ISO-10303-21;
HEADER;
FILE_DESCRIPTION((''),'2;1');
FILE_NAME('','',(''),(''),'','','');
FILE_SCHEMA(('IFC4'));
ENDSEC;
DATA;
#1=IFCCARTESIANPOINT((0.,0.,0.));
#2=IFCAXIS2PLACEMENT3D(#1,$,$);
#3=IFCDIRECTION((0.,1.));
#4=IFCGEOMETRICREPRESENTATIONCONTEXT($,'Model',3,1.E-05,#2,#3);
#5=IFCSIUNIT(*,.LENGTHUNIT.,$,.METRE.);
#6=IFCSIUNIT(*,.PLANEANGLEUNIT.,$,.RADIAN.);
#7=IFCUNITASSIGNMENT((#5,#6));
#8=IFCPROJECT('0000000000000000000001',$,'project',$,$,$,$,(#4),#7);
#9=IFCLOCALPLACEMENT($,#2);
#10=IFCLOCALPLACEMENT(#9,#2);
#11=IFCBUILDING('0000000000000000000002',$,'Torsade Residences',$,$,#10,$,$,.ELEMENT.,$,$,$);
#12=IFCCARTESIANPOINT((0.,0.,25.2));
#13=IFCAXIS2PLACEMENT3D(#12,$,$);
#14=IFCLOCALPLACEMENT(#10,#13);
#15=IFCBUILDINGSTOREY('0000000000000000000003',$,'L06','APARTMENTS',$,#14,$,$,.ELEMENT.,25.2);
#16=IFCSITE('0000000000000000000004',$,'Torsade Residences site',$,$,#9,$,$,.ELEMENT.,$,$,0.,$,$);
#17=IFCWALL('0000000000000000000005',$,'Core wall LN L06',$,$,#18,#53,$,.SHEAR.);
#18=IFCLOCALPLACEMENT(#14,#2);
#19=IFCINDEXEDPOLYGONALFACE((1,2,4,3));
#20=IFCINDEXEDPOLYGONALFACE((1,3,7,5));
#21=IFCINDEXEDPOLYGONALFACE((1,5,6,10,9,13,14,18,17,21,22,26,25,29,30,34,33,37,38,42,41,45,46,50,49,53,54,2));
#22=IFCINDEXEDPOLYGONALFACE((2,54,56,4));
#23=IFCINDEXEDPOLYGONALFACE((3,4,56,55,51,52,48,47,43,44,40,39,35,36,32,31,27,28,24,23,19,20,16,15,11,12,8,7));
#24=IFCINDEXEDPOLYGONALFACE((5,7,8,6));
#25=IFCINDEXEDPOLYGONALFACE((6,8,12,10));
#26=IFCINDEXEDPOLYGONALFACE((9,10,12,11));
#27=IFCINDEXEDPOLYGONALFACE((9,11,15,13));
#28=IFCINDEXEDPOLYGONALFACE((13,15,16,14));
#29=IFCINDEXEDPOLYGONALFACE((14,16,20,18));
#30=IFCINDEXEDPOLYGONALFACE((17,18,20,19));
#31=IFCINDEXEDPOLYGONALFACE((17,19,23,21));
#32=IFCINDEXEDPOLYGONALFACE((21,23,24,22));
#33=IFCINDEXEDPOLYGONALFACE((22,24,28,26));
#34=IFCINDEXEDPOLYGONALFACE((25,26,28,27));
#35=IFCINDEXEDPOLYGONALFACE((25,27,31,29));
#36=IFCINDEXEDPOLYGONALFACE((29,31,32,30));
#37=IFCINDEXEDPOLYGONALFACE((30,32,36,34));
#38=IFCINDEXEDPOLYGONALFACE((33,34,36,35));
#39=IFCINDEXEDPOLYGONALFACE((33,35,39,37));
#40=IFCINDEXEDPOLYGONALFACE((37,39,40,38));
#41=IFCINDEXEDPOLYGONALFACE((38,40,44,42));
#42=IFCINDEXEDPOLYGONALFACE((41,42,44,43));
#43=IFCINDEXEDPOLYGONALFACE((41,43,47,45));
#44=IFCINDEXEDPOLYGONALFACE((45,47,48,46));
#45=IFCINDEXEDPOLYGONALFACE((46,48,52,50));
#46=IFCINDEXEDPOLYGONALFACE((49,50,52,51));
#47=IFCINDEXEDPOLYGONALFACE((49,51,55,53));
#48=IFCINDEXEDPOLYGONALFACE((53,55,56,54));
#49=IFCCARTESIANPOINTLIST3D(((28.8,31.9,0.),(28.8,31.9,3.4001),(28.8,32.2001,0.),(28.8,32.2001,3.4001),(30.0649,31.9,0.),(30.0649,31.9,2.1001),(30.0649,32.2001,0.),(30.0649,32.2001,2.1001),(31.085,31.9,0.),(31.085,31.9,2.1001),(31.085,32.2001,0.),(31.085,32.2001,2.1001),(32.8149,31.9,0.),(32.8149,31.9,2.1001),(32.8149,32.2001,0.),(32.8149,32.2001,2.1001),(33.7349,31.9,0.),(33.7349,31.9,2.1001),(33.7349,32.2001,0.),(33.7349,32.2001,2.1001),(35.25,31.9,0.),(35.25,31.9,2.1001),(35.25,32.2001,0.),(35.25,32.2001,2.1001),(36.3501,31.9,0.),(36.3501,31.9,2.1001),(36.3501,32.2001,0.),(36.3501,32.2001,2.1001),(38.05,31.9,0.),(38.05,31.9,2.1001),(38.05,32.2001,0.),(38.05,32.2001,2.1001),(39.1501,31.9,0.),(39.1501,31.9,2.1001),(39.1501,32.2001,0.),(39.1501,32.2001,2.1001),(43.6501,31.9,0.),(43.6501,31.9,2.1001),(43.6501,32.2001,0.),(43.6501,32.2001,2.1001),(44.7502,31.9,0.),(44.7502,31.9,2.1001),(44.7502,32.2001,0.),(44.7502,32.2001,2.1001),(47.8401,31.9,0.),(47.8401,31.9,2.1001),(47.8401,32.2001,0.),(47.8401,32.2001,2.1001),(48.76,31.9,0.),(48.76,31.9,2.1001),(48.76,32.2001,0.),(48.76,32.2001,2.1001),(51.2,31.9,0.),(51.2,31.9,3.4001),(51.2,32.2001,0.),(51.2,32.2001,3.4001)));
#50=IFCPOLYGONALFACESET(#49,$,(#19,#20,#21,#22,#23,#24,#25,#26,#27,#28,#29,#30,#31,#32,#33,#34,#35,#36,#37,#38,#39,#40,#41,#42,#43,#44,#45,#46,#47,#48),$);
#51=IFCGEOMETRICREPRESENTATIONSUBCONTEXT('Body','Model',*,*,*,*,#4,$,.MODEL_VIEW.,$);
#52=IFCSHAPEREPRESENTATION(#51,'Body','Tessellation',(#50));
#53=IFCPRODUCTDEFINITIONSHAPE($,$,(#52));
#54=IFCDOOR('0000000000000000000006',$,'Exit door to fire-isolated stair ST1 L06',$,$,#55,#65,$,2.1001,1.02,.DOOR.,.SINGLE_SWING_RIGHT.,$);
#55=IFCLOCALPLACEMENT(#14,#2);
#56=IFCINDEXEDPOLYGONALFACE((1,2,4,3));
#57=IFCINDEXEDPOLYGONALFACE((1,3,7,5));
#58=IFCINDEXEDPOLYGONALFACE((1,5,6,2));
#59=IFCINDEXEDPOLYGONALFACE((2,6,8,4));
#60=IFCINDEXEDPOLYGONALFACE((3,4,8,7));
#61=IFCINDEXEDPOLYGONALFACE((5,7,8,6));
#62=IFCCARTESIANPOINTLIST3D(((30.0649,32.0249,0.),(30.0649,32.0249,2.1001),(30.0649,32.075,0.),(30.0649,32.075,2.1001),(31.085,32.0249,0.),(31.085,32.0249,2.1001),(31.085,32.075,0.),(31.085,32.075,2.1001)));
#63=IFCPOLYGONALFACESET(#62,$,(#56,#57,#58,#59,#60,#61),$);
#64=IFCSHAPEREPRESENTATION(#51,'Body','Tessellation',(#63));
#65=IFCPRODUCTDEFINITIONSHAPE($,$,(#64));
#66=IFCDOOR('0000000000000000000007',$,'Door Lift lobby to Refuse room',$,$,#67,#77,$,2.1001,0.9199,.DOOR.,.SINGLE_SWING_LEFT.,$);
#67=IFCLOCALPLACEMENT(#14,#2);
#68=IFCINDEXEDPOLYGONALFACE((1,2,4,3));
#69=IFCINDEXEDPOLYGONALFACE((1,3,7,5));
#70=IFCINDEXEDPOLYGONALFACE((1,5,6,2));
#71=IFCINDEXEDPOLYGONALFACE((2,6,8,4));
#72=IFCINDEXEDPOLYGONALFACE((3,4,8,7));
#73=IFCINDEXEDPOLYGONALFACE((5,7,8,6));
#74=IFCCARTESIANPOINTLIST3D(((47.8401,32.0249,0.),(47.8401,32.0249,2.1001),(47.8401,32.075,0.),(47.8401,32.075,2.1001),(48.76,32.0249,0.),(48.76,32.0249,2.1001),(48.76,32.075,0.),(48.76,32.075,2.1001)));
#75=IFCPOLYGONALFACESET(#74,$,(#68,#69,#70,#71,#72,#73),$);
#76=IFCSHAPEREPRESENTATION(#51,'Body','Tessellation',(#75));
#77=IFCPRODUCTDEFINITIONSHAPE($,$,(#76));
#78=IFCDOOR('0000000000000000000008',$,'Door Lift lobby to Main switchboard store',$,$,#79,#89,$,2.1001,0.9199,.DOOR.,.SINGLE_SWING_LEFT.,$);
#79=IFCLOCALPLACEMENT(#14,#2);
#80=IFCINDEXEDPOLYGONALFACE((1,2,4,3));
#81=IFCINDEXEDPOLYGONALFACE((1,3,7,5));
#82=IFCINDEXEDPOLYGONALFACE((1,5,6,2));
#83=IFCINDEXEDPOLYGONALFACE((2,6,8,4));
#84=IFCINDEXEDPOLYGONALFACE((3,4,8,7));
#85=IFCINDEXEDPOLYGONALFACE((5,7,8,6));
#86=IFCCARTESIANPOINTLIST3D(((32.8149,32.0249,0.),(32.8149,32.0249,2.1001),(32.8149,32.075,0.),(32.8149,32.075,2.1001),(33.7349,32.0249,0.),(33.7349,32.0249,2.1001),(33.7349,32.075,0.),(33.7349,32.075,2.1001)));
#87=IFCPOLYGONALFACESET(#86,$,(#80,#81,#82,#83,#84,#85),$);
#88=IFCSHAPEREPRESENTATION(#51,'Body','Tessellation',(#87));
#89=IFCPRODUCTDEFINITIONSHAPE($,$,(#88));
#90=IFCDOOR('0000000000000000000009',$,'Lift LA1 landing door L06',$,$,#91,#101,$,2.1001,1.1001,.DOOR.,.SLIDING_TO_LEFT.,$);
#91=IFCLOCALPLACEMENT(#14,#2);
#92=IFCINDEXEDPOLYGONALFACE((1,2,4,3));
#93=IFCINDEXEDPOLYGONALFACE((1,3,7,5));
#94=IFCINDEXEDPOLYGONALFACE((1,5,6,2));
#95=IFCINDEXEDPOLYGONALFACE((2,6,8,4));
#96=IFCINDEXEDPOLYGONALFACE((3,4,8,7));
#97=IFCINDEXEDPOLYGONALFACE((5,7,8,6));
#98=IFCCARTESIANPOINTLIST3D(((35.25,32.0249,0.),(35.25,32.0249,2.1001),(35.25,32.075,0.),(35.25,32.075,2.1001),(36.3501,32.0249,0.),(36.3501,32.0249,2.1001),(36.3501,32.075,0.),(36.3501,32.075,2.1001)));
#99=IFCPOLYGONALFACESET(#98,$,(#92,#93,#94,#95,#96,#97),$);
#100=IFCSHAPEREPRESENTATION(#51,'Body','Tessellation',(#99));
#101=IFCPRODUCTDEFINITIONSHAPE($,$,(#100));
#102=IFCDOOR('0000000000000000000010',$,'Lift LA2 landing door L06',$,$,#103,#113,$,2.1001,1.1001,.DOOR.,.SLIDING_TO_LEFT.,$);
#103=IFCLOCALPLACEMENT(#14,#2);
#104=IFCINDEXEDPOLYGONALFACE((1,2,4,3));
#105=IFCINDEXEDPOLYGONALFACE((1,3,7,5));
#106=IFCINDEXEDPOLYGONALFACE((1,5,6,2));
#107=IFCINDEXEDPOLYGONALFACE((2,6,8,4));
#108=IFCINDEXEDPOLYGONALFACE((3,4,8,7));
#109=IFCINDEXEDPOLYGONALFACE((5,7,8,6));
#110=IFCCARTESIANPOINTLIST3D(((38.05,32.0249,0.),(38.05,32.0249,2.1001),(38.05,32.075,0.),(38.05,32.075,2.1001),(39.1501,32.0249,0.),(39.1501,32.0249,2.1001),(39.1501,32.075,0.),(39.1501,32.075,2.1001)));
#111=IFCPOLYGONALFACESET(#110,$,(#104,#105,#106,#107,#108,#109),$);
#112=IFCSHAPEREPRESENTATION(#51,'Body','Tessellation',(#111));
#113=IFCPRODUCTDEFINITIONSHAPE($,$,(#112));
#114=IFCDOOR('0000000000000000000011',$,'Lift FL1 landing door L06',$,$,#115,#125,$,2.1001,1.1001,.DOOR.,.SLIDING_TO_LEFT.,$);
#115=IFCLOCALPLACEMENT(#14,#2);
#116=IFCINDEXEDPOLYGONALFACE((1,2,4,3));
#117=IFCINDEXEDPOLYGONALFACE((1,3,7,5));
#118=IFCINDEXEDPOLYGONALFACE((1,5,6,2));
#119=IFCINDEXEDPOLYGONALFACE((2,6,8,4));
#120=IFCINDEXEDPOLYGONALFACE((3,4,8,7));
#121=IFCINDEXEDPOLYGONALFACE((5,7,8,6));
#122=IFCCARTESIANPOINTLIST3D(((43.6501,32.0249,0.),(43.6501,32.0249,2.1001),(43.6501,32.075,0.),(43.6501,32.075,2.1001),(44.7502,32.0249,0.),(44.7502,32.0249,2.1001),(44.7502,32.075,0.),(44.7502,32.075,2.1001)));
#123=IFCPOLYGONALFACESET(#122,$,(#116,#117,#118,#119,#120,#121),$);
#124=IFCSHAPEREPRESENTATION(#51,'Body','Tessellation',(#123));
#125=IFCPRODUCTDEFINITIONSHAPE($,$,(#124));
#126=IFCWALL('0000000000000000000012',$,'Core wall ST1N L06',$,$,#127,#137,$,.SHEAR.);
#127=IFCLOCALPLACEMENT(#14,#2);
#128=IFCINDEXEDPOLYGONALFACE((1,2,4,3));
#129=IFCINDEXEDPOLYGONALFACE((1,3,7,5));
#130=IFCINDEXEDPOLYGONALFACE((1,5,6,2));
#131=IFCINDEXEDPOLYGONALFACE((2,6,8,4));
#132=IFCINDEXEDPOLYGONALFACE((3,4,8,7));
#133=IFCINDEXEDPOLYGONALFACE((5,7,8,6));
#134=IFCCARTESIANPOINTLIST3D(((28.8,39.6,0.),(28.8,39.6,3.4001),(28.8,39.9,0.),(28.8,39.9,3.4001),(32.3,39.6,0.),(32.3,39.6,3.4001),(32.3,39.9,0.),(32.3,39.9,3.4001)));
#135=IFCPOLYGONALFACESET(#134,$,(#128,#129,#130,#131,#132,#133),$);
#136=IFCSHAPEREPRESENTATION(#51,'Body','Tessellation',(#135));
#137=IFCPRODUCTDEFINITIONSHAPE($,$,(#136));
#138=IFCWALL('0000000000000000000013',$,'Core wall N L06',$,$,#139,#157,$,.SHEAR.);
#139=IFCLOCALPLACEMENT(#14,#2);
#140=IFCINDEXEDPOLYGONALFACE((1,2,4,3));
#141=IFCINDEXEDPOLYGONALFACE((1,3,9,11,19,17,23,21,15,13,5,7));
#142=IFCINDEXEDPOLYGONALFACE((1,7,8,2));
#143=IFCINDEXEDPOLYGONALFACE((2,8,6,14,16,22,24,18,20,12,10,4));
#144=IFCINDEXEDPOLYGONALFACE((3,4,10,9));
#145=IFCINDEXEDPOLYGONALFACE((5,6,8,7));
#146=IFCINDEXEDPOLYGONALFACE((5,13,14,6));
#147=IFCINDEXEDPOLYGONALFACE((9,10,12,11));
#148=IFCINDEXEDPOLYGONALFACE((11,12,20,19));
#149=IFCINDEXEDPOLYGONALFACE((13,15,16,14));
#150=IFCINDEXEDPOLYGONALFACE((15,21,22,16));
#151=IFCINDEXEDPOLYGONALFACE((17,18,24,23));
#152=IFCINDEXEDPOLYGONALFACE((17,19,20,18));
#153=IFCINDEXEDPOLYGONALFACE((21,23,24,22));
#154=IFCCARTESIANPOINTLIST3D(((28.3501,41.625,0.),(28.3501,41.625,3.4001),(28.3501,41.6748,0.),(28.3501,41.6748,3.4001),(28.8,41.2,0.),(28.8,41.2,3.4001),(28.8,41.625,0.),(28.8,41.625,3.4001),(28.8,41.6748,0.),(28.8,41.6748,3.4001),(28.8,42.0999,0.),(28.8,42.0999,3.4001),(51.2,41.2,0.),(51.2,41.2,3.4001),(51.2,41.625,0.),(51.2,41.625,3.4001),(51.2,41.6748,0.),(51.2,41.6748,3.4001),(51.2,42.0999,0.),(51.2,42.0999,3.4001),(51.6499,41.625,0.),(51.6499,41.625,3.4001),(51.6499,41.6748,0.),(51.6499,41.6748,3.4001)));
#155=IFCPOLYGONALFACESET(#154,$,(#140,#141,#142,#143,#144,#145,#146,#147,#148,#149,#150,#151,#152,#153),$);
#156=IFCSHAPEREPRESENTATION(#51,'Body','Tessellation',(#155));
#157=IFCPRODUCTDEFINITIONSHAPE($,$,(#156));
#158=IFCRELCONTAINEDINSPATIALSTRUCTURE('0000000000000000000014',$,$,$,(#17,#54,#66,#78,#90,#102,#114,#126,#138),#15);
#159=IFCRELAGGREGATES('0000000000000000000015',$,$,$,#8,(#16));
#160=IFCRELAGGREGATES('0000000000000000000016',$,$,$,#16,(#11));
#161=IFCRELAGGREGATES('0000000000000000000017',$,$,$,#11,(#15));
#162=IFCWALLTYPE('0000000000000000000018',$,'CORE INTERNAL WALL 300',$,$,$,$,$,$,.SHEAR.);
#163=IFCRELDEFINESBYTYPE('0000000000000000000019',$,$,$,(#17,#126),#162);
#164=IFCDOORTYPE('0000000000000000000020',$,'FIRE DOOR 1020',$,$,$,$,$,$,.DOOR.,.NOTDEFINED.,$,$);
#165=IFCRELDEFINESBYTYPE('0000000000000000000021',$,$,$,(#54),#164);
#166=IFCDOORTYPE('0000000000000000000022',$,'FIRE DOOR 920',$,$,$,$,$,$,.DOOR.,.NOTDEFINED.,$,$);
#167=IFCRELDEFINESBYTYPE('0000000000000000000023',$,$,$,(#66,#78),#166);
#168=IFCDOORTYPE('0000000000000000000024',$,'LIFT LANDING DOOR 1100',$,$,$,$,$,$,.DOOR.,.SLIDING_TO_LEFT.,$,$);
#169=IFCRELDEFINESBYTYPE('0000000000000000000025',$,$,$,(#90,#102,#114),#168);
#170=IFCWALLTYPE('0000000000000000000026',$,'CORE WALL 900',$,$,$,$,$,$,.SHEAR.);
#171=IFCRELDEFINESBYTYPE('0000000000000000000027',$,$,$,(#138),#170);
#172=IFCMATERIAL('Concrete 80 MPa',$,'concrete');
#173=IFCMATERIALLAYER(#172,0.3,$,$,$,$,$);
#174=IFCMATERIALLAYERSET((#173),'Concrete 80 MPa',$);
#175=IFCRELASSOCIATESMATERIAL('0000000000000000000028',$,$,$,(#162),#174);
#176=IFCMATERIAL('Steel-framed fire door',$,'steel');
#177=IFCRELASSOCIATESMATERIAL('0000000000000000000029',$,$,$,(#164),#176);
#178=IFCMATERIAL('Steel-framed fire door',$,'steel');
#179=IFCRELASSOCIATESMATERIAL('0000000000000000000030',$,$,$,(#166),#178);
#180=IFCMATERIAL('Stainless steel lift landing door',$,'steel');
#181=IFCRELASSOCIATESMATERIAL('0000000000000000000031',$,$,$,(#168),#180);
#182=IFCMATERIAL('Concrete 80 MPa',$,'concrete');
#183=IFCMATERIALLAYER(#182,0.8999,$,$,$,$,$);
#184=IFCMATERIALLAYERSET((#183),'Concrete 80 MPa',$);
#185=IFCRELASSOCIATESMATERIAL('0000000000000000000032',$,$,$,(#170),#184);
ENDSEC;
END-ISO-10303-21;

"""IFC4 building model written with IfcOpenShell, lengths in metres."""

from ifc_helpers import new_model, si_unit, direction, frame, frame_2d, origin, place, context, subcontext, project, spatial, polyline, rectangle, outline, extrude, material, layer, layer_set, type_object, element, fill, save


model = new_model("IFC4")

# Units and contexts
model_context = context("Model", 3, precision=1e-05, world=origin(), true_north=direction((0.0, 1.0)))
body_context = subcontext(model_context, "Body", "Model", "MODEL_VIEW")
ifc_project = project(units=[si_unit("LENGTHUNIT", "METRE"), si_unit("PLANEANGLEUNIT", "RADIAN")], contexts=[model_context])

# Site, building, storey
site_placement = place(None, origin())
site = spatial("IfcSite", under=ifc_project, at=site_placement, Name="Torsade Residences site", CompositionType="ELEMENT", RefElevation=0.0)
building_placement = place(site_placement, origin())
building = spatial("IfcBuilding", under=site, at=building_placement, Name="Torsade Residences", CompositionType="ELEMENT")
storey_placement = place(building_placement, frame((0.0, 0.0, 25.2)))
storey = spatial("IfcBuildingStorey", under=building, at=storey_placement, Name="L06", Description="APARTMENTS", CompositionType="ELEMENT", Elevation=25.2)

# Wall, openings, doors
ifc_material_1 = material(Name="Concrete 80 MPa", Category="concrete")
ifc_layer_1 = layer(ifc_material_1, 0.3)
ifc_layer_set_1 = layer_set([ifc_layer_1], Name="Concrete 80 MPa")
wall_type_1 = type_object("IfcWallType", Name="CORE INTERNAL WALL 300", PredefinedType="SHEAR", material=ifc_layer_set_1)
wall_1_placement = place(storey_placement, frame((28.8, 32.05, 0.0), z_axis=(0.0, 0.0, 1.0), x_axis=(1.0, 0.0, 0.0)))
wall_1 = element("IfcWall", 1, at=wall_1_placement, inside=storey, type_object=wall_type_1, Name="Core wall LN L06", PredefinedType="SHEAR", context=body_context, shape_type="SweptSolid", body=[
    extrude(rectangle(XDim=22.3999, YDim=0.3, at=frame_2d((11.2, 0.0))), origin(), (0.0, 0.0, 1.0), 3.4001),
])
opening_1_placement = place(wall_1_placement, frame((19.04, 0.0, 0.0)))
opening_1 = element("IfcOpeningElement", 2, at=opening_1_placement, cuts=wall_1, PredefinedType="OPENING", context=body_context, shape_type="SweptSolid", body=[
    extrude(rectangle(XDim=0.9199, YDim=2.1001, at=frame_2d((0.46, 1.05))), frame((0.0, 0.1599, 0.0), z_axis=(0.0, -1.0, 0.0), x_axis=(1.0, 0.0, 0.0)), (0.0, 0.0, 1.0), 0.3201),
])
opening_2_placement = place(wall_1_placement, frame((1.2649, 0.0, 0.0)))
opening_2 = element("IfcOpeningElement", 3, at=opening_2_placement, cuts=wall_1, PredefinedType="OPENING", context=body_context, shape_type="SweptSolid", body=[
    extrude(rectangle(XDim=1.02, YDim=2.1001, at=frame_2d((0.51, 1.05))), frame((0.0, 0.1599, 0.0), z_axis=(0.0, -1.0, 0.0), x_axis=(1.0, 0.0, 0.0)), (0.0, 0.0, 1.0), 0.3201),
])
opening_3_placement = place(wall_1_placement, frame((4.0149, 0.0, 0.0)))
opening_3 = element("IfcOpeningElement", 4, at=opening_3_placement, cuts=wall_1, PredefinedType="OPENING", context=body_context, shape_type="SweptSolid", body=[
    extrude(rectangle(XDim=0.9199, YDim=2.1001, at=frame_2d((0.46, 1.05))), frame((0.0, 0.1599, 0.0), z_axis=(0.0, -1.0, 0.0), x_axis=(1.0, 0.0, 0.0)), (0.0, 0.0, 1.0), 0.3201),
])
opening_4_placement = place(wall_1_placement, frame((6.45, 0.0, 0.0)))
opening_4 = element("IfcOpeningElement", 5, at=opening_4_placement, cuts=wall_1, PredefinedType="OPENING", context=body_context, shape_type="SweptSolid", body=[
    extrude(rectangle(XDim=1.1001, YDim=2.1001, at=frame_2d((0.55, 1.05))), frame((0.0, 0.1599, 0.0), z_axis=(0.0, -1.0, 0.0), x_axis=(1.0, 0.0, 0.0)), (0.0, 0.0, 1.0), 0.3201),
])
opening_5_placement = place(wall_1_placement, frame((9.25, 0.0, 0.0)))
opening_5 = element("IfcOpeningElement", 6, at=opening_5_placement, cuts=wall_1, PredefinedType="OPENING", context=body_context, shape_type="SweptSolid", body=[
    extrude(rectangle(XDim=1.1001, YDim=2.1001, at=frame_2d((0.55, 1.05))), frame((0.0, 0.1599, 0.0), z_axis=(0.0, -1.0, 0.0), x_axis=(1.0, 0.0, 0.0)), (0.0, 0.0, 1.0), 0.3201),
])
opening_6_placement = place(wall_1_placement, frame((14.8501, 0.0, 0.0)))
opening_6 = element("IfcOpeningElement", 7, at=opening_6_placement, cuts=wall_1, PredefinedType="OPENING", context=body_context, shape_type="SweptSolid", body=[
    extrude(rectangle(XDim=1.1001, YDim=2.1001, at=frame_2d((0.55, 1.05))), frame((0.0, 0.1599, 0.0), z_axis=(0.0, -1.0, 0.0), x_axis=(1.0, 0.0, 0.0)), (0.0, 0.0, 1.0), 0.3201),
])
ifc_material_2 = material(Name="Steel-framed fire door", Category="steel")
door_type_1 = type_object("IfcDoorType", Name="FIRE DOOR 1020", OperationType="NOTDEFINED", PredefinedType="DOOR", material=ifc_material_2)
door_1_placement = place(opening_2_placement, origin())
door_1 = element("IfcDoor", 8, at=door_1_placement, inside=storey, type_object=door_type_1, Name="Exit door to fire-isolated stair ST1 L06", OperationType="SINGLE_SWING_RIGHT", OverallHeight=2.1001, OverallWidth=1.02, PredefinedType="DOOR", context=body_context, shape_type="SweptSolid", body=[
    extrude(rectangle(XDim=1.02, YDim=2.1001, at=frame_2d((0.51, 1.05))), frame((0.0, 0.0249, 0.0), z_axis=(0.0, -1.0, 0.0), x_axis=(1.0, 0.0, 0.0)), (0.0, 0.0, 1.0), 0.05),
])
fill(opening_2, door_1)
ifc_material_3 = material(Name="Steel-framed fire door", Category="steel")
door_type_2 = type_object("IfcDoorType", Name="FIRE DOOR 920", OperationType="NOTDEFINED", PredefinedType="DOOR", material=ifc_material_3)
door_2_placement = place(opening_1_placement, origin())
door_2 = element("IfcDoor", 9, at=door_2_placement, inside=storey, type_object=door_type_2, Name="Door Lift lobby to Refuse room", OperationType="SINGLE_SWING_LEFT", OverallHeight=2.1001, OverallWidth=0.9199, PredefinedType="DOOR", context=body_context, shape_type="SweptSolid", body=[
    extrude(rectangle(XDim=0.9199, YDim=2.1001, at=frame_2d((0.46, 1.05))), frame((0.0, 0.0249, 0.0), z_axis=(0.0, -1.0, 0.0), x_axis=(1.0, 0.0, 0.0)), (0.0, 0.0, 1.0), 0.05),
])
fill(opening_1, door_2)
door_3_placement = place(opening_3_placement, origin())
door_3 = element("IfcDoor", 10, at=door_3_placement, inside=storey, type_object=door_type_2, Name="Door Lift lobby to Main switchboard store", OperationType="SINGLE_SWING_LEFT", OverallHeight=2.1001, OverallWidth=0.9199, PredefinedType="DOOR", context=body_context, shape_type="SweptSolid", body=[
    extrude(rectangle(XDim=0.9199, YDim=2.1001, at=frame_2d((0.46, 1.05))), frame((0.0, 0.0249, 0.0), z_axis=(0.0, -1.0, 0.0), x_axis=(1.0, 0.0, 0.0)), (0.0, 0.0, 1.0), 0.05),
])
fill(opening_3, door_3)
ifc_material_4 = material(Name="Stainless steel lift landing door", Category="steel")
door_type_3 = type_object("IfcDoorType", Name="LIFT LANDING DOOR 1100", OperationType="SLIDING_TO_LEFT", PredefinedType="DOOR", material=ifc_material_4)
door_4_placement = place(opening_4_placement, origin())
door_4 = element("IfcDoor", 11, at=door_4_placement, inside=storey, type_object=door_type_3, Name="Lift LA1 landing door L06", OperationType="SLIDING_TO_LEFT", OverallHeight=2.1001, OverallWidth=1.1001, PredefinedType="DOOR", context=body_context, shape_type="SweptSolid", body=[
    extrude(rectangle(XDim=1.1001, YDim=2.1001, at=frame_2d((0.55, 1.05))), frame((0.0, 0.0249, 0.0), z_axis=(0.0, -1.0, 0.0), x_axis=(1.0, 0.0, 0.0)), (0.0, 0.0, 1.0), 0.05),
])
fill(opening_4, door_4)
door_5_placement = place(opening_5_placement, origin())
door_5 = element("IfcDoor", 12, at=door_5_placement, inside=storey, type_object=door_type_3, Name="Lift LA2 landing door L06", OperationType="SLIDING_TO_LEFT", OverallHeight=2.1001, OverallWidth=1.1001, PredefinedType="DOOR", context=body_context, shape_type="SweptSolid", body=[
    extrude(rectangle(XDim=1.1001, YDim=2.1001, at=frame_2d((0.55, 1.05))), frame((0.0, 0.0249, 0.0), z_axis=(0.0, -1.0, 0.0), x_axis=(1.0, 0.0, 0.0)), (0.0, 0.0, 1.0), 0.05),
])
fill(opening_5, door_5)
door_6_placement = place(opening_6_placement, origin())
door_6 = element("IfcDoor", 13, at=door_6_placement, inside=storey, type_object=door_type_3, Name="Lift FL1 landing door L06", OperationType="SLIDING_TO_LEFT", OverallHeight=2.1001, OverallWidth=1.1001, PredefinedType="DOOR", context=body_context, shape_type="SweptSolid", body=[
    extrude(rectangle(XDim=1.1001, YDim=2.1001, at=frame_2d((0.55, 1.05))), frame((0.0, 0.0249, 0.0), z_axis=(0.0, -1.0, 0.0), x_axis=(1.0, 0.0, 0.0)), (0.0, 0.0, 1.0), 0.05),
])
fill(opening_6, door_6)

# Walls
wall_2_placement = place(storey_placement, frame((28.8, 39.75, 0.0), z_axis=(0.0, 0.0, 1.0), x_axis=(1.0, 0.0, 0.0)))
element("IfcWall", 14, at=wall_2_placement, inside=storey, type_object=wall_type_1, Name="Core wall ST1N L06", PredefinedType="SHEAR", context=body_context, shape_type="SweptSolid", body=[
    extrude(rectangle(XDim=3.5, YDim=0.3, at=frame_2d((1.75, 0.0))), origin(), (0.0, 0.0, 1.0), 3.4001),
])
ifc_material_5 = material(Name="Concrete 80 MPa", Category="concrete")
ifc_layer_2 = layer(ifc_material_5, 0.8999)
ifc_layer_set_2 = layer_set([ifc_layer_2], Name="Concrete 80 MPa")
wall_type_2 = type_object("IfcWallType", Name="CORE WALL 900", PredefinedType="SHEAR", material=ifc_layer_set_2)
wall_3_placement = place(storey_placement, frame((28.8, 41.6499, 0.0), z_axis=(0.0, 0.0, 1.0), x_axis=(1.0, 0.0, 0.0)))
element("IfcWall", 15, at=wall_3_placement, inside=storey, type_object=wall_type_2, Name="Core wall N L06", PredefinedType="SHEAR", context=body_context, shape_type="SweptSolid", body=[
    extrude(outline(polyline([(0.0, -0.45), (22.3999, -0.45), (22.3999, -0.0249), (22.8499, -0.0249), (22.8499, 0.0249), (22.3999, 0.0249), (22.3999, 0.45), (0.0, 0.45), (0.0, 0.0249), (-0.45, 0.0249), (-0.45, -0.0249), (0.0, -0.0249), (0.0, -0.45)])), origin(), (0.0, 0.0, 1.0), 3.4001),
])

save(model, "model.ifc")
